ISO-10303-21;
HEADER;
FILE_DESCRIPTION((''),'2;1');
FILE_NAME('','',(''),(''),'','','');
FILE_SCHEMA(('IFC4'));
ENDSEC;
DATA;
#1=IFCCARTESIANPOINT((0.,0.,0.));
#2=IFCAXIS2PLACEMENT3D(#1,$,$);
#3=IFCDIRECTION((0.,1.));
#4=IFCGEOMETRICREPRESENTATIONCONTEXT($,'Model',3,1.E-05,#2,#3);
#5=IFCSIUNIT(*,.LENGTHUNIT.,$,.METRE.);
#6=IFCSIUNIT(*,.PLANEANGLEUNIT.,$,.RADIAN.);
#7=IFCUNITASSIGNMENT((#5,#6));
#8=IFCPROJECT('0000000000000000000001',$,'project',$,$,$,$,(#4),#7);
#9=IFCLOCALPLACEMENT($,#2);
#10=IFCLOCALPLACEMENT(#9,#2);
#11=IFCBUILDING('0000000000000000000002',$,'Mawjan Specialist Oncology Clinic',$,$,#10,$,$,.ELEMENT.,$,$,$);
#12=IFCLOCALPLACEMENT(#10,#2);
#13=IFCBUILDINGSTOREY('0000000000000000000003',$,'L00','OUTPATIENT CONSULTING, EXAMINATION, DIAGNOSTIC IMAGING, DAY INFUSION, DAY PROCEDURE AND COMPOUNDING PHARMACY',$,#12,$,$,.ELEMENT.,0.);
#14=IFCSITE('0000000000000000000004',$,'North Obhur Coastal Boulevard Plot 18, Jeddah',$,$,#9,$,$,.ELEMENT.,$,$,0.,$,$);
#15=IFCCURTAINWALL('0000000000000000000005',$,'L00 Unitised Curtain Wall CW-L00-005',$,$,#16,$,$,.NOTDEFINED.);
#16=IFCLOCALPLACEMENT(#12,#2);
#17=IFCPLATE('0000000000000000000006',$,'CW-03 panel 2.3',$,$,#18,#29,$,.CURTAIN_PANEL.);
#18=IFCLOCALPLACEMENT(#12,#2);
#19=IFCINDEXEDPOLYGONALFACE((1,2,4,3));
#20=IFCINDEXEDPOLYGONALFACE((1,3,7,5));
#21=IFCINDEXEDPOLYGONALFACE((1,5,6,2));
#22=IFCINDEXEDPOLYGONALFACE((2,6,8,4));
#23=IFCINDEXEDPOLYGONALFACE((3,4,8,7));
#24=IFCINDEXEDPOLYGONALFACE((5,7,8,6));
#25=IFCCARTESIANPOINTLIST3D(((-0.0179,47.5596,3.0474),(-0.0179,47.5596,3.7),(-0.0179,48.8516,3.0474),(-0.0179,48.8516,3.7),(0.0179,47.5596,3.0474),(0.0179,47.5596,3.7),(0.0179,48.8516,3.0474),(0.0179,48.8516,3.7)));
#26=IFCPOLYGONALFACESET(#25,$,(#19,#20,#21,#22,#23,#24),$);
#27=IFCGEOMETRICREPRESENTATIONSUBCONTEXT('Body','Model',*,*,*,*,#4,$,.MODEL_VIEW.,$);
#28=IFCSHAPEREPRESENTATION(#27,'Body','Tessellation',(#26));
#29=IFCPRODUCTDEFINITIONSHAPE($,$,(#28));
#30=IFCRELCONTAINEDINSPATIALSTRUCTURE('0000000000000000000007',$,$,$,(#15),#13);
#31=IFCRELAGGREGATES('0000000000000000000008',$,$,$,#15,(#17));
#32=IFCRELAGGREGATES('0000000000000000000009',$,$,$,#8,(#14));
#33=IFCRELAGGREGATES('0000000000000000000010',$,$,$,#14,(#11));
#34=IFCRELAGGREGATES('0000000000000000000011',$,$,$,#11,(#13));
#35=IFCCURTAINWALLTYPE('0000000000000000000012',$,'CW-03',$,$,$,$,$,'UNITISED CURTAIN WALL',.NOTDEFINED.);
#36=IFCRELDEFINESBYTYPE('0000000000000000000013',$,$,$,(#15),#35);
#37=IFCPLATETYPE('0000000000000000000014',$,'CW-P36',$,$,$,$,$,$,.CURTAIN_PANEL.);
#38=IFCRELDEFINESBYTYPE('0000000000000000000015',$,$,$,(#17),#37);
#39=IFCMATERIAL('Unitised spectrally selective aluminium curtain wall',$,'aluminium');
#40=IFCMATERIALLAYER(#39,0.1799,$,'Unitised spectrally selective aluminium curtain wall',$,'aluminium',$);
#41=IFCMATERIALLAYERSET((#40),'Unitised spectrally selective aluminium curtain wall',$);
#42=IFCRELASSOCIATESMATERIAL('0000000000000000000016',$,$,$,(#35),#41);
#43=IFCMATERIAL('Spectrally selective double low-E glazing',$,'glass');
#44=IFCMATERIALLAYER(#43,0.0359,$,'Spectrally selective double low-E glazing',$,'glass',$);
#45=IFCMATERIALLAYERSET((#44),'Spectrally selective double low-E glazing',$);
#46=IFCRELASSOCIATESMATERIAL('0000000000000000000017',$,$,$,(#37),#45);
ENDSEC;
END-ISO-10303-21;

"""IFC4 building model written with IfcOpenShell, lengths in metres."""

from ifc_helpers import new_model, si_unit, direction, frame, origin, origin_2d, place, context, subcontext, project, spatial, rectangle, extrude, material, layer, layer_set, type_object, element, aggregate, save


model = new_model("IFC4")

# Units and contexts
model_context = context("Model", 3, precision=1e-05, world=origin(), true_north=direction((0.0, 1.0)))
body_context = subcontext(model_context, "Body", "Model", "MODEL_VIEW")
ifc_project = project(units=[si_unit("LENGTHUNIT", "METRE"), si_unit("PLANEANGLEUNIT", "RADIAN")], contexts=[model_context])

# Site, building, storey
site_placement = place(None, origin())
site = spatial("IfcSite", under=ifc_project, at=site_placement, Name="North Obhur Coastal Boulevard Plot 18, Jeddah", CompositionType="ELEMENT", RefElevation=0.0)
building_placement = place(site_placement, origin())
building = spatial("IfcBuilding", under=site, at=building_placement, Name="Mawjan Specialist Oncology Clinic", CompositionType="ELEMENT")
storey_placement = place(building_placement, origin())
storey = spatial("IfcBuildingStorey", under=building, at=storey_placement, Name="L00", Description="OUTPATIENT CONSULTING, EXAMINATION, DIAGNOSTIC IMAGING, DAY INFUSION, DAY PROCEDURE AND COMPOUNDING PHARMACY", CompositionType="ELEMENT", Elevation=0.0)

# Curtain wall, plate
ifc_material_1 = material(Name="Unitised spectrally selective aluminium curtain wall", Category="aluminium")
ifc_layer_1 = layer(ifc_material_1, 0.1799, Name="Unitised spectrally selective aluminium curtain wall", Category="aluminium")
ifc_layer_set_1 = layer_set([ifc_layer_1], Name="Unitised spectrally selective aluminium curtain wall")
curtain_wall_type = type_object("IfcCurtainWallType", Name="CW-03", ElementType="UNITISED CURTAIN WALL", PredefinedType="NOTDEFINED", material=ifc_layer_set_1)
curtain_wall_placement = place(storey_placement, origin())
curtain_wall = element("IfcCurtainWall", 1, at=curtain_wall_placement, inside=storey, type_object=curtain_wall_type, Name="L00 Unitised Curtain Wall CW-L00-005", PredefinedType="NOTDEFINED")
ifc_material_2 = material(Name="Spectrally selective double low-E glazing", Category="glass")
ifc_layer_2 = layer(ifc_material_2, 0.0359, Name="Spectrally selective double low-E glazing", Category="glass")
ifc_layer_set_2 = layer_set([ifc_layer_2], Name="Spectrally selective double low-E glazing")
plate_type = type_object("IfcPlateType", Name="CW-P36", PredefinedType="CURTAIN_PANEL", material=ifc_layer_set_2)
plate_1_placement = place(storey_placement, frame((0.0, 48.2056, 3.0474), z_axis=(0.0, 0.0, 1.0), x_axis=(0.0, 1.0, 0.0)))
plate_1 = element("IfcPlate", 2, at=plate_1_placement, type_object=plate_type, Name="CW-03 panel 2.3", PredefinedType="CURTAIN_PANEL", context=body_context, shape_type="SweptSolid", body=[
    extrude(rectangle(XDim=1.292, YDim=0.0359, at=origin_2d()), origin(), (0.0, 0.0, 1.0), 0.6526),
])
aggregate(curtain_wall, [plate_1])

save(model, "model.ifc")
